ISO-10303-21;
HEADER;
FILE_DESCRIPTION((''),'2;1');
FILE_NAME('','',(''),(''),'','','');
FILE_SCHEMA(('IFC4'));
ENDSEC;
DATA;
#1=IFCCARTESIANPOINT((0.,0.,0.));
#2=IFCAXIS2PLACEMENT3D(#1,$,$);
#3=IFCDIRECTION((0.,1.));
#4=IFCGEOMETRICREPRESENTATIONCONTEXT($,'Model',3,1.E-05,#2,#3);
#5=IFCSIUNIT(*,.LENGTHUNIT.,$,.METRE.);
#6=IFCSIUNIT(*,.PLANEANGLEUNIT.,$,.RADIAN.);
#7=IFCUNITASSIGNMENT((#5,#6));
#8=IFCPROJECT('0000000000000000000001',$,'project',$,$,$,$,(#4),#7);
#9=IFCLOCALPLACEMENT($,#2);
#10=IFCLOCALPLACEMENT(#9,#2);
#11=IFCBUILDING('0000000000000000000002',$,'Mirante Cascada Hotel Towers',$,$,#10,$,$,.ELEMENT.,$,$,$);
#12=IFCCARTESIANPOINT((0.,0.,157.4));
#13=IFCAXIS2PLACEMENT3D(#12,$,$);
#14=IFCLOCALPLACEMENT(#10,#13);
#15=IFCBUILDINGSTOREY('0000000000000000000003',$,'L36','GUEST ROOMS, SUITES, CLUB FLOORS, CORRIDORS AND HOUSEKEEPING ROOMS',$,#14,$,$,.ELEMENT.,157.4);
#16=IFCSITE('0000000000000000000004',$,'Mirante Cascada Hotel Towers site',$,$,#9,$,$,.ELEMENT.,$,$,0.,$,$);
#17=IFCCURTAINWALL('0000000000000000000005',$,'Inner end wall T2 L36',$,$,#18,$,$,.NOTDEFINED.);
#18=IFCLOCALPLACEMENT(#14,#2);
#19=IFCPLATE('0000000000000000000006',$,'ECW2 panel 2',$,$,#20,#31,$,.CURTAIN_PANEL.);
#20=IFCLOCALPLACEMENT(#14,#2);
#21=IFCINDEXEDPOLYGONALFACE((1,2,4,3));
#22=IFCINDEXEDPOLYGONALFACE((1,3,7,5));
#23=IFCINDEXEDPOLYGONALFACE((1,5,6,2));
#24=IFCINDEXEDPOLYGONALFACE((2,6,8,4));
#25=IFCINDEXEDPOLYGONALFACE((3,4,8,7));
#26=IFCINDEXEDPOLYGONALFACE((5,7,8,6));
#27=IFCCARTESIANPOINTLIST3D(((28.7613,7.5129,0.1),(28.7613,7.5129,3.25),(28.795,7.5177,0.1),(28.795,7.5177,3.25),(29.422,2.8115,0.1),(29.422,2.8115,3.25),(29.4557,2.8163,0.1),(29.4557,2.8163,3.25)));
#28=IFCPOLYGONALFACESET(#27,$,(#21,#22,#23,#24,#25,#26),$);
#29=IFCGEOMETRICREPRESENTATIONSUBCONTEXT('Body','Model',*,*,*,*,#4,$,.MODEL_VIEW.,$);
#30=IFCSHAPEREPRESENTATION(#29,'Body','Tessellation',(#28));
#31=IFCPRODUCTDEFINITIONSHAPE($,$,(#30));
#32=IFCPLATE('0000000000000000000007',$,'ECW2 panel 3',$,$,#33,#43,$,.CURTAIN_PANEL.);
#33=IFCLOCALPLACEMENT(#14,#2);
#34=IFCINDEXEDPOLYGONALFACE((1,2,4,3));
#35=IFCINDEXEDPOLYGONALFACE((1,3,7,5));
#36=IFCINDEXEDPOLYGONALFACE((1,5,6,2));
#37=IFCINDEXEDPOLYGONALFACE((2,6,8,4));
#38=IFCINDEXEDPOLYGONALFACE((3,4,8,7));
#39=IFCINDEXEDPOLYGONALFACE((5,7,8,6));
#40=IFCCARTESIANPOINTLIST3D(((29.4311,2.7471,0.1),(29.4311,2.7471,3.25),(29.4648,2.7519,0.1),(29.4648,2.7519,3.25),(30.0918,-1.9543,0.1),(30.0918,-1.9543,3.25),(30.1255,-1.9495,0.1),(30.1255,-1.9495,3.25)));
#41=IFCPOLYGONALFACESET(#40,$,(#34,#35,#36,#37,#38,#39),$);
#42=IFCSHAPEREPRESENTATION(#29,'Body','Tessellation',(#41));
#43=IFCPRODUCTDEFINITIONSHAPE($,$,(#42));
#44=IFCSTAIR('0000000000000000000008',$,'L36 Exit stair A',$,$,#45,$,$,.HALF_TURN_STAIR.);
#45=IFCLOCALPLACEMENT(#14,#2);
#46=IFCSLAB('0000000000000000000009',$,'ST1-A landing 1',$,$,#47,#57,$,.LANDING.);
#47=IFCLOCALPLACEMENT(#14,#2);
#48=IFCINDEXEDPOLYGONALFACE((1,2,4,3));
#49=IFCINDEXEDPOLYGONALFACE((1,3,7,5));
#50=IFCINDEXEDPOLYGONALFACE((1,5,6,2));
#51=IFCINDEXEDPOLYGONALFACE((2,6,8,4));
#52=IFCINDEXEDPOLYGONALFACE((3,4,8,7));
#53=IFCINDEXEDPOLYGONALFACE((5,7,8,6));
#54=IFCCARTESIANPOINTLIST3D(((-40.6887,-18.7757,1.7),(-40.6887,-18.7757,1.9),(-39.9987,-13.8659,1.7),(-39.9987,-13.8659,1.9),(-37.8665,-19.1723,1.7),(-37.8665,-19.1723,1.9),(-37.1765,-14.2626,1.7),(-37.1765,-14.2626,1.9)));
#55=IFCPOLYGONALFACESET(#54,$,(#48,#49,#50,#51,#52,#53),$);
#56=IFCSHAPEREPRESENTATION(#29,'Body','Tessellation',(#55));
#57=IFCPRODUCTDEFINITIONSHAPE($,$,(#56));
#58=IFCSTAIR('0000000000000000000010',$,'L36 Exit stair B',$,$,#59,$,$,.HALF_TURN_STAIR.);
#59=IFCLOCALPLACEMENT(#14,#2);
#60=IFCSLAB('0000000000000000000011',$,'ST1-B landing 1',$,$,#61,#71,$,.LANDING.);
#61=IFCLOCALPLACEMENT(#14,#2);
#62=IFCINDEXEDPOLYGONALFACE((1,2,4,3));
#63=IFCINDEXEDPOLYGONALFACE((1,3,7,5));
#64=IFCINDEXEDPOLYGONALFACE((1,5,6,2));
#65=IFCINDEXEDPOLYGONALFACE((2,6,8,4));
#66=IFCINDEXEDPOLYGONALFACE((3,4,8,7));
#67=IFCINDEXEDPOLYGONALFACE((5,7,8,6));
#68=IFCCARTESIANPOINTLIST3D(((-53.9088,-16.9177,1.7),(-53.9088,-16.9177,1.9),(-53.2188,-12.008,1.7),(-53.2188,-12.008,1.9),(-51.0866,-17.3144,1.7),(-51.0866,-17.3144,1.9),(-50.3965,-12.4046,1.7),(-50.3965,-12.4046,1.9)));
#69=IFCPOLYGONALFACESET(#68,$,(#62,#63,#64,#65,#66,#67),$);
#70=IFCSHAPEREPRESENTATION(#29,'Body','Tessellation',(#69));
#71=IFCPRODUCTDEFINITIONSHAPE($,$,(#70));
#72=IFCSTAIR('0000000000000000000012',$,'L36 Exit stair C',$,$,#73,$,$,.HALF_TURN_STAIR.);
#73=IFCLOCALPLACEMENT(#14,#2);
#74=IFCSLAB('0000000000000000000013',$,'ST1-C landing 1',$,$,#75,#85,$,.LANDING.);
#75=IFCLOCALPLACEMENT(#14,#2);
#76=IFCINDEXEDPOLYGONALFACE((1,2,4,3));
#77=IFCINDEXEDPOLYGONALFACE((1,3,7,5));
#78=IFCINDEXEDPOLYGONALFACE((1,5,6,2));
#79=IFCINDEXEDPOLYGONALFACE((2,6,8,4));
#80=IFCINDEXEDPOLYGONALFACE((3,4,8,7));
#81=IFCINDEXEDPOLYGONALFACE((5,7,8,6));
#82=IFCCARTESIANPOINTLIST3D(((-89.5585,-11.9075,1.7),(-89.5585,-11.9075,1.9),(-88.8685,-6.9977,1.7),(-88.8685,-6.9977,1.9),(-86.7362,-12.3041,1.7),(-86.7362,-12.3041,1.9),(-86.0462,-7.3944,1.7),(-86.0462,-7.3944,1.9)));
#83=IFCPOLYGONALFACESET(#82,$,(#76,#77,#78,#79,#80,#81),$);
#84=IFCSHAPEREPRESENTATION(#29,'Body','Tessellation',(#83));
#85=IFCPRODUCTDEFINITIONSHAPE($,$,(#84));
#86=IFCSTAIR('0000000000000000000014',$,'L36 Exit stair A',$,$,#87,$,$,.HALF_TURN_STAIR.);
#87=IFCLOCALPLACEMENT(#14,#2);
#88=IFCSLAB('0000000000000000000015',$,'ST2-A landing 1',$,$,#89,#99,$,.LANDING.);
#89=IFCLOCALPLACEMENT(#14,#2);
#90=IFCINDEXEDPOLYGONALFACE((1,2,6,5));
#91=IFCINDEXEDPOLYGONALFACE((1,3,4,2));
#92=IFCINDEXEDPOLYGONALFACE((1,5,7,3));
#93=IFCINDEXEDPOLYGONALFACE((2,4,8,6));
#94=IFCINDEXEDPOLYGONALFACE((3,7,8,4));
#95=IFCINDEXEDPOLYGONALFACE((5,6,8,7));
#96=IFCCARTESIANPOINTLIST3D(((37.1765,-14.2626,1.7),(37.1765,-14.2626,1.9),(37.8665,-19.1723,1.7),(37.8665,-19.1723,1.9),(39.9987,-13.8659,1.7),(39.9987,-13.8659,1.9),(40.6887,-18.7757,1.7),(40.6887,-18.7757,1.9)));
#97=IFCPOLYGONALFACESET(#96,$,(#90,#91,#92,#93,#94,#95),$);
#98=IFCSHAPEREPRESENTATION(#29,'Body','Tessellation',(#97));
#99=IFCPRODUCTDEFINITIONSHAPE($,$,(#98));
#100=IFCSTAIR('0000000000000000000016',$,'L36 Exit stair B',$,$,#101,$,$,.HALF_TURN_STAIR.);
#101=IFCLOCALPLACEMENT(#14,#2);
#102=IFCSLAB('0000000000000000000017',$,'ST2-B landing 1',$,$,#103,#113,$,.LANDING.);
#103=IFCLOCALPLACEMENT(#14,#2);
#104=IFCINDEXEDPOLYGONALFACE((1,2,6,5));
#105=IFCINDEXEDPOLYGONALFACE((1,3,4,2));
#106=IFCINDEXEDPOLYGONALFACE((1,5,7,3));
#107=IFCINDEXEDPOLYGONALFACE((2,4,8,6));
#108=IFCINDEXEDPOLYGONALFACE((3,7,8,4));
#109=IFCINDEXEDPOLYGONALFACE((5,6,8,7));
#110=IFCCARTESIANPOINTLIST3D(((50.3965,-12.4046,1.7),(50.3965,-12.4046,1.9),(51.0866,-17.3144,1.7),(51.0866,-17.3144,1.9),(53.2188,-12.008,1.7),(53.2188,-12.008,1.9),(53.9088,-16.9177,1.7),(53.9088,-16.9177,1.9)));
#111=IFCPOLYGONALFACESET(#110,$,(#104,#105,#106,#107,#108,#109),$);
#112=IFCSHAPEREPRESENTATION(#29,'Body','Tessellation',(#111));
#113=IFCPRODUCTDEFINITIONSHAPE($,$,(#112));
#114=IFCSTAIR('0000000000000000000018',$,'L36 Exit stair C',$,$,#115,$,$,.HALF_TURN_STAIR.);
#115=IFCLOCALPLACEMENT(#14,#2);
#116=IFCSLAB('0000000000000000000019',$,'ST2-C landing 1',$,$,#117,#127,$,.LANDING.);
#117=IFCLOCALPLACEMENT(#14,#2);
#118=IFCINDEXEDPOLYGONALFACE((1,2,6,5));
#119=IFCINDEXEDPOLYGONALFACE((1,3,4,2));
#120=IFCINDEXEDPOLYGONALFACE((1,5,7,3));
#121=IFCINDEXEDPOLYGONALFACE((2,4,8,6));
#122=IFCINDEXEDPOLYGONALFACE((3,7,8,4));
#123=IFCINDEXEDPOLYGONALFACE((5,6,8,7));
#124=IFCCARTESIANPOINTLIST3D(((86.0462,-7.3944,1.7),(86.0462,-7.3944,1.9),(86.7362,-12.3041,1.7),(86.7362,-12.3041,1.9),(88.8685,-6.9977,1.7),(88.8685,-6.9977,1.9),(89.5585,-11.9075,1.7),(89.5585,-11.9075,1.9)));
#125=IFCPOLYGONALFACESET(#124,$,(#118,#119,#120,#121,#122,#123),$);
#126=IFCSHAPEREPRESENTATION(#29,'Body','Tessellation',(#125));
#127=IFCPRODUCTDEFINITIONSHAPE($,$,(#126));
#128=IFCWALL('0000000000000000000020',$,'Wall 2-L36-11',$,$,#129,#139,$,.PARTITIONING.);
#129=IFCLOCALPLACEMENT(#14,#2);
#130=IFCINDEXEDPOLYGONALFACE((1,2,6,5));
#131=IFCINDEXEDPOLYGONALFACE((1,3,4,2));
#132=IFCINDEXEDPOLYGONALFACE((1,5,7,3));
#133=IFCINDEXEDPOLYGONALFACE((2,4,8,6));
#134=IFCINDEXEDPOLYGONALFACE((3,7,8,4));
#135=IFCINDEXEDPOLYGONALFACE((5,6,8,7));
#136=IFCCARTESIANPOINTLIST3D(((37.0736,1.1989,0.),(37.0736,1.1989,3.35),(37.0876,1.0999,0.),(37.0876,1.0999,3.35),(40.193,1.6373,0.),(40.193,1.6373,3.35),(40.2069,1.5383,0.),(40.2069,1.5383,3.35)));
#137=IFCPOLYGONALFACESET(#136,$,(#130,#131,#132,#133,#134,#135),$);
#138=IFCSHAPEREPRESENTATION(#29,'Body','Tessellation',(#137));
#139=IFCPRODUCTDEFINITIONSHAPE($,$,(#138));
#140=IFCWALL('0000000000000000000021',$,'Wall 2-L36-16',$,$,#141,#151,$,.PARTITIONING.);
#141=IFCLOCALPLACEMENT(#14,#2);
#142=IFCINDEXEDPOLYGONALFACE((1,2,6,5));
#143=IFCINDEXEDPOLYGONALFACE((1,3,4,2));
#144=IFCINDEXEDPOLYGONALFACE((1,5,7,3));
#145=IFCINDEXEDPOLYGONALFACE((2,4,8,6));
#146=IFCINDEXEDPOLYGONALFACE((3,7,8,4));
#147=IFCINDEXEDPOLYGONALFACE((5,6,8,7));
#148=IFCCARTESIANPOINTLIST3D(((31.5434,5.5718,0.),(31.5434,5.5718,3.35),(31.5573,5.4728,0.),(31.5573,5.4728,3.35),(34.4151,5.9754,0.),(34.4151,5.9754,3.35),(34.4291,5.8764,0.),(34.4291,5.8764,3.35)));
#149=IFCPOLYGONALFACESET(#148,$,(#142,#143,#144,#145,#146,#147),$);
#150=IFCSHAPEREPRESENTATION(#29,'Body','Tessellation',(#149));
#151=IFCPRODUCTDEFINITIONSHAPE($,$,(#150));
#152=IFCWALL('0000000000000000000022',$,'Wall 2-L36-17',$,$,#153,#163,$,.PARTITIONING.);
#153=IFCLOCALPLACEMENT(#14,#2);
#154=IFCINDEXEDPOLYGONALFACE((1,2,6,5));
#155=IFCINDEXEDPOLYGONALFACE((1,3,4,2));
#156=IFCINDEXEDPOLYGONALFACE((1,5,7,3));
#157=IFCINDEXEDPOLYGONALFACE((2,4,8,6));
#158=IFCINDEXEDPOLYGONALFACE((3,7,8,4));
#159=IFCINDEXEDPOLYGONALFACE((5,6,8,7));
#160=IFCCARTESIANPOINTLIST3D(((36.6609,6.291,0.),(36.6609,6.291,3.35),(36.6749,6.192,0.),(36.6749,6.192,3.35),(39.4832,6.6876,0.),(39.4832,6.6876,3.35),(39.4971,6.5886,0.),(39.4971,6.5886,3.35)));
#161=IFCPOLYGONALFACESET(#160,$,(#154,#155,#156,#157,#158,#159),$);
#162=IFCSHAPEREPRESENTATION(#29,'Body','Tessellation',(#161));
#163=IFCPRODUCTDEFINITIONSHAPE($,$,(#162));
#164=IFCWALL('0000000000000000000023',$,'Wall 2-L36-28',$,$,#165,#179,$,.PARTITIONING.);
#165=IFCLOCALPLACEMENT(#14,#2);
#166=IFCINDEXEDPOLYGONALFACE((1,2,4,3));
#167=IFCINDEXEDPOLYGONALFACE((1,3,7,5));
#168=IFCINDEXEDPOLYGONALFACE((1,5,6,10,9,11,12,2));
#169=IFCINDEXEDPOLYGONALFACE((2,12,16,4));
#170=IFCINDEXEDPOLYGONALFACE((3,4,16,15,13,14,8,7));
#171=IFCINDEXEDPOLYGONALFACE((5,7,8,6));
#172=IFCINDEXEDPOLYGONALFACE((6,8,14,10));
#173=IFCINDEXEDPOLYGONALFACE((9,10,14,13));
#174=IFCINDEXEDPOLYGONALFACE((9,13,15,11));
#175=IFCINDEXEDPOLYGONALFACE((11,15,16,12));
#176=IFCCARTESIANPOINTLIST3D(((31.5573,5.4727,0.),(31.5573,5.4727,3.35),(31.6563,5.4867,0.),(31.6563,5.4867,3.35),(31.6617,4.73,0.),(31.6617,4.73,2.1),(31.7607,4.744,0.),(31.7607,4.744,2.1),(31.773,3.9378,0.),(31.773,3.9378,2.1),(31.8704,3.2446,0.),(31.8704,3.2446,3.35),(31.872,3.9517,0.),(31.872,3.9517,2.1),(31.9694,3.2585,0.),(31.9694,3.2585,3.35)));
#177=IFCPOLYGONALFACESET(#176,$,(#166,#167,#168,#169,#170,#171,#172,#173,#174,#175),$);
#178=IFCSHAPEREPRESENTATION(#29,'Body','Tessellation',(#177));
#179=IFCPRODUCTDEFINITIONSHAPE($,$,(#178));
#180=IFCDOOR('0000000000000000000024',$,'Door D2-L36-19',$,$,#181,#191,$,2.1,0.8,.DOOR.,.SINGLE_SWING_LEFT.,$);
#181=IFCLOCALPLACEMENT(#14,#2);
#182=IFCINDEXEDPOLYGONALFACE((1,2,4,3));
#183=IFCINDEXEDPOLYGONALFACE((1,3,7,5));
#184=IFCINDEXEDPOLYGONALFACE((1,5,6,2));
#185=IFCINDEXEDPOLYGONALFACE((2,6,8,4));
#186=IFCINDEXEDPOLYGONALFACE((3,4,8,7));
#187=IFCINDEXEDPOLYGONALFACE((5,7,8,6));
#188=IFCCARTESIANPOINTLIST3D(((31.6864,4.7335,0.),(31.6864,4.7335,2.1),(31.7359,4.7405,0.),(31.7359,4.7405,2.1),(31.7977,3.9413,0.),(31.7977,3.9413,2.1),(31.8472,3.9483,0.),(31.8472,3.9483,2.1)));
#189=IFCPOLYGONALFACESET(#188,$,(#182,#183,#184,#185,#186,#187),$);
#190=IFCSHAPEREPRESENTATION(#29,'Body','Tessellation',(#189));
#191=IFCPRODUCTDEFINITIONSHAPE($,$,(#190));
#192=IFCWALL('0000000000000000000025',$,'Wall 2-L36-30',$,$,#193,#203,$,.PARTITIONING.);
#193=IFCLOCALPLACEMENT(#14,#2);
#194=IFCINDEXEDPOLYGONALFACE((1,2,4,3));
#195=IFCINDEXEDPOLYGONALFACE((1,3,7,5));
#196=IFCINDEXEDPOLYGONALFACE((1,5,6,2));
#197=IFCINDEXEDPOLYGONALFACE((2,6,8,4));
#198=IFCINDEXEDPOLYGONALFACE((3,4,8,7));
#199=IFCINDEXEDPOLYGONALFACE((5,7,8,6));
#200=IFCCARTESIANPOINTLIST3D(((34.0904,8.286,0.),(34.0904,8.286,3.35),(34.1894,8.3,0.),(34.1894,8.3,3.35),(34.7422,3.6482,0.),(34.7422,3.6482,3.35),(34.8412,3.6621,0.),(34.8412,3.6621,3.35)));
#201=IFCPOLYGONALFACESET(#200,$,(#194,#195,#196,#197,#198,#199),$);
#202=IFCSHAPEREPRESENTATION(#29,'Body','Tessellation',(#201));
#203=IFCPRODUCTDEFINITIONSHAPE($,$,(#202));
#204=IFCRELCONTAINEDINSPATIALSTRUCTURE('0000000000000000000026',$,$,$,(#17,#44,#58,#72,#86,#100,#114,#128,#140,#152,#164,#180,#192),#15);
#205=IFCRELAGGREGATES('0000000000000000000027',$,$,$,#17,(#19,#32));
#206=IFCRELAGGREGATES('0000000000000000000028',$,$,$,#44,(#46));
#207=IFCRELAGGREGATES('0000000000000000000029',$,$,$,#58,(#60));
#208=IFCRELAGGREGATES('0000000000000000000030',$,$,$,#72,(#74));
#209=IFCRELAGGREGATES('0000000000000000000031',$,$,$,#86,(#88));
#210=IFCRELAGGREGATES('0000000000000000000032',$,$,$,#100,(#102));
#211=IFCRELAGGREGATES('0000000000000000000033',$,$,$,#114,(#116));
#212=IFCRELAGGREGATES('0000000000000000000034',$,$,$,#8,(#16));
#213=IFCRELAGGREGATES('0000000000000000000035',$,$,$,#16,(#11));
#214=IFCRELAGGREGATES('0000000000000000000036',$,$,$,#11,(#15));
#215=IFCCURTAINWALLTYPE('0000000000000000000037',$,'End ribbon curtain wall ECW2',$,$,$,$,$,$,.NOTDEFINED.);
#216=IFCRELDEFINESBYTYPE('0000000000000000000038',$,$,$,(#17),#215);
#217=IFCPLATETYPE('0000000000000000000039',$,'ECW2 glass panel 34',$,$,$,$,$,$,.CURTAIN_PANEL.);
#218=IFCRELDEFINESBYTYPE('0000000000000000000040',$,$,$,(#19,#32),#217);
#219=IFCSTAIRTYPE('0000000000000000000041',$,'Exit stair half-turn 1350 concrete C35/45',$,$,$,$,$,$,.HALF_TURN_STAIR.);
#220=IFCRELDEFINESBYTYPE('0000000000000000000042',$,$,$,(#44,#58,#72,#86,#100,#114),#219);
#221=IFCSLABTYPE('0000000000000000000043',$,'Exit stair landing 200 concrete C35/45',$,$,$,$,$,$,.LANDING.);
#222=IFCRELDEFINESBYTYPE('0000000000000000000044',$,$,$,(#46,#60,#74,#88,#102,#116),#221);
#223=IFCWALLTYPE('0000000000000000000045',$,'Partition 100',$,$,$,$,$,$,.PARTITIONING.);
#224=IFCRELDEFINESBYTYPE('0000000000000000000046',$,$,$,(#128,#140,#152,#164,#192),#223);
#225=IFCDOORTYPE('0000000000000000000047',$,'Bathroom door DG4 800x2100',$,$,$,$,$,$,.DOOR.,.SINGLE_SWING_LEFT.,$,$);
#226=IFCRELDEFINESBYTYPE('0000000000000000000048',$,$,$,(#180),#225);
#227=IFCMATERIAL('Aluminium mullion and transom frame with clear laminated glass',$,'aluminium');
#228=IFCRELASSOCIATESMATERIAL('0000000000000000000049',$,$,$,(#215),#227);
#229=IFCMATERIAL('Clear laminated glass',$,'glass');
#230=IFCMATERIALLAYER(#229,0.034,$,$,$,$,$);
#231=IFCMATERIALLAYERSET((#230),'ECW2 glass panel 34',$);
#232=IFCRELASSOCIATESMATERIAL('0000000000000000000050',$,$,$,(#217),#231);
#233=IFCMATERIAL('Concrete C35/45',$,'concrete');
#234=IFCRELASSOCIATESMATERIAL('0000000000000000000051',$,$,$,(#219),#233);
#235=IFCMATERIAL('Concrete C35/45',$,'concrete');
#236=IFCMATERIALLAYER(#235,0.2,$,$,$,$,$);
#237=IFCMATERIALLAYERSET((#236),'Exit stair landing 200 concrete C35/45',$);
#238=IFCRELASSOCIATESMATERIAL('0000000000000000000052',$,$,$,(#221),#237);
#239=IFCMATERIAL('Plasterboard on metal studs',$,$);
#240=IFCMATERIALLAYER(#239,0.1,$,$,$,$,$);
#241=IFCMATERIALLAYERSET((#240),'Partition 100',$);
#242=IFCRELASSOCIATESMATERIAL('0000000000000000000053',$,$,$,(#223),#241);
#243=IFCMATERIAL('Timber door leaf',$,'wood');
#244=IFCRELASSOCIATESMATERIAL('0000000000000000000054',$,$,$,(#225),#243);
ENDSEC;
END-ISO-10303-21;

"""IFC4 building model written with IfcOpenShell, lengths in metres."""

from ifc_helpers import new_model, si_unit, direction, frame, frame_2d, origin, origin_2d, place, context, subcontext, project, spatial, polyline, rectangle, outline, extrude, material, layer, layer_set, type_object, element, fill, aggregate, save


model = new_model("IFC4")

# Units and contexts
model_context = context("Model", 3, precision=1e-05, world=origin(), true_north=direction((0.0, 1.0)))
body_context = subcontext(model_context, "Body", "Model", "MODEL_VIEW")
ifc_project = project(units=[si_unit("LENGTHUNIT", "METRE"), si_unit("PLANEANGLEUNIT", "RADIAN")], contexts=[model_context])

# Site, building, storey
site_placement = place(None, origin())
site = spatial("IfcSite", under=ifc_project, at=site_placement, Name="Mirante Cascada Hotel Towers site", CompositionType="ELEMENT", RefElevation=0.0)
building_placement = place(site_placement, origin())
building = spatial("IfcBuilding", under=site, at=building_placement, Name="Mirante Cascada Hotel Towers", CompositionType="ELEMENT")
storey_placement = place(building_placement, frame((0.0, 0.0, 157.4)))
storey = spatial("IfcBuildingStorey", under=building, at=storey_placement, Name="L36", Description="GUEST ROOMS, SUITES, CLUB FLOORS, CORRIDORS AND HOUSEKEEPING ROOMS", CompositionType="ELEMENT", Elevation=157.4)

# Curtain wall
ifc_material_1 = material(Name="Aluminium mullion and transom frame with clear laminated glass", Category="aluminium")
curtain_wall_type_1 = type_object("IfcCurtainWallType", Name="End ribbon curtain wall ECW2", PredefinedType="NOTDEFINED", material=ifc_material_1)
curtain_wall_1_placement = place(storey_placement, origin())
curtain_wall_1 = element("IfcCurtainWall", 1, at=curtain_wall_1_placement, inside=storey, type_object=curtain_wall_type_1, Name="Inner end wall T2 L36", PredefinedType="NOTDEFINED")

# Plates
ifc_material_2 = material(Name="Clear laminated glass", Category="glass")
ifc_layer_1 = layer(ifc_material_2, 0.034)
ifc_layer_set_1 = layer_set([ifc_layer_1], Name="ECW2 glass panel 34")
plate_type_1 = type_object("IfcPlateType", Name="ECW2 glass panel 34", PredefinedType="CURTAIN_PANEL", material=ifc_layer_set_1)
plate_1_placement = place(storey_placement, frame((29.1085, 5.1646, 0.1), z_axis=(0.0, 0.0, 1.0), x_axis=(0.139173, -0.990268, 0.0)))
plate_1 = element("IfcPlate", 2, at=plate_1_placement, type_object=plate_type_1, Name="ECW2 panel 2", PredefinedType="CURTAIN_PANEL", context=body_context, shape_type="SweptSolid", body=[
    extrude(rectangle(XDim=4.7476, YDim=0.034, at=origin_2d()), origin(), (0.0, 0.0, 1.0), 3.15),
])
plate_2_placement = place(storey_placement, frame((29.7783, 0.3988, 0.1), z_axis=(0.0, 0.0, 1.0), x_axis=(0.139173, -0.990268, 0.0)))
plate_2 = element("IfcPlate", 3, at=plate_2_placement, type_object=plate_type_1, Name="ECW2 panel 3", PredefinedType="CURTAIN_PANEL", context=body_context, shape_type="SweptSolid", body=[
    extrude(rectangle(XDim=4.7476, YDim=0.034, at=origin_2d()), origin(), (0.0, 0.0, 1.0), 3.15),
])
aggregate(curtain_wall_1, [plate_1, plate_2])

# Stairs, slabs
ifc_material_3 = material(Name="Concrete C35/45", Category="concrete")
stair_type = type_object("IfcStairType", Name="Exit stair half-turn 1350 concrete C35/45", PredefinedType="HALF_TURN_STAIR", material=ifc_material_3)
stair_1_placement = place(storey_placement, origin())
stair_1 = element("IfcStair", 4, at=stair_1_placement, inside=storey, type_object=stair_type, Name="L36 Exit stair A", PredefinedType="HALF_TURN_STAIR")
ifc_material_4 = material(Name="Concrete C35/45", Category="concrete")
ifc_layer_2 = layer(ifc_material_4, 0.2)
ifc_layer_set_2 = layer_set([ifc_layer_2], Name="Exit stair landing 200 concrete C35/45")
slab_type = type_object("IfcSlabType", Name="Exit stair landing 200 concrete C35/45", PredefinedType="LANDING", material=ifc_layer_set_2)
slab_1_placement = place(storey_placement, frame((0.0, 0.0, 1.7)))
slab_1 = element("IfcSlab", 5, at=slab_1_placement, type_object=slab_type, Name="ST1-A landing 1", PredefinedType="LANDING", context=body_context, shape_type="SweptSolid", body=[
    extrude(outline(polyline([(-39.9987, -13.8659), (-40.6887, -18.7757), (-37.8665, -19.1723), (-37.1765, -14.2626), (-39.9987, -13.8659)])), origin(), (0.0, 0.0, 1.0), 0.2),
])
aggregate(stair_1, [slab_1])
stair_2_placement = place(storey_placement, origin())
stair_2 = element("IfcStair", 6, at=stair_2_placement, inside=storey, type_object=stair_type, Name="L36 Exit stair B", PredefinedType="HALF_TURN_STAIR")
slab_2_placement = place(storey_placement, frame((0.0, 0.0, 1.7)))
slab_2 = element("IfcSlab", 7, at=slab_2_placement, type_object=slab_type, Name="ST1-B landing 1", PredefinedType="LANDING", context=body_context, shape_type="SweptSolid", body=[
    extrude(outline(polyline([(-53.2188, -12.008), (-53.9088, -16.9177), (-51.0866, -17.3144), (-50.3965, -12.4046), (-53.2188, -12.008)])), origin(), (0.0, 0.0, 1.0), 0.2),
])
aggregate(stair_2, [slab_2])
stair_3_placement = place(storey_placement, origin())
stair_3 = element("IfcStair", 8, at=stair_3_placement, inside=storey, type_object=stair_type, Name="L36 Exit stair C", PredefinedType="HALF_TURN_STAIR")
slab_3_placement = place(storey_placement, frame((0.0, 0.0, 1.7)))
slab_3 = element("IfcSlab", 9, at=slab_3_placement, type_object=slab_type, Name="ST1-C landing 1", PredefinedType="LANDING", context=body_context, shape_type="SweptSolid", body=[
    extrude(outline(polyline([(-88.8685, -6.9977), (-89.5585, -11.9075), (-86.7362, -12.3041), (-86.0462, -7.3944), (-88.8685, -6.9977)])), origin(), (0.0, 0.0, 1.0), 0.2),
])
aggregate(stair_3, [slab_3])
stair_4_placement = place(storey_placement, origin())
stair_4 = element("IfcStair", 10, at=stair_4_placement, inside=storey, type_object=stair_type, Name="L36 Exit stair A", PredefinedType="HALF_TURN_STAIR")
slab_4_placement = place(storey_placement, frame((0.0, 0.0, 1.7)))
slab_4 = element("IfcSlab", 11, at=slab_4_placement, type_object=slab_type, Name="ST2-A landing 1", PredefinedType="LANDING", context=body_context, shape_type="SweptSolid", body=[
    extrude(outline(polyline([(37.1765, -14.2626), (37.8665, -19.1723), (40.6887, -18.7757), (39.9987, -13.8659), (37.1765, -14.2626)])), origin(), (0.0, 0.0, 1.0), 0.2),
])
aggregate(stair_4, [slab_4])
stair_5_placement = place(storey_placement, origin())
stair_5 = element("IfcStair", 12, at=stair_5_placement, inside=storey, type_object=stair_type, Name="L36 Exit stair B", PredefinedType="HALF_TURN_STAIR")
slab_5_placement = place(storey_placement, frame((0.0, 0.0, 1.7)))
slab_5 = element("IfcSlab", 13, at=slab_5_placement, type_object=slab_type, Name="ST2-B landing 1", PredefinedType="LANDING", context=body_context, shape_type="SweptSolid", body=[
    extrude(outline(polyline([(50.3965, -12.4046), (51.0866, -17.3144), (53.9088, -16.9177), (53.2188, -12.008), (50.3965, -12.4046)])), origin(), (0.0, 0.0, 1.0), 0.2),
])
aggregate(stair_5, [slab_5])
stair_6_placement = place(storey_placement, origin())
stair_6 = element("IfcStair", 14, at=stair_6_placement, inside=storey, type_object=stair_type, Name="L36 Exit stair C", PredefinedType="HALF_TURN_STAIR")
slab_6_placement = place(storey_placement, frame((0.0, 0.0, 1.7)))
slab_6 = element("IfcSlab", 15, at=slab_6_placement, type_object=slab_type, Name="ST2-C landing 1", PredefinedType="LANDING", context=body_context, shape_type="SweptSolid", body=[
    extrude(outline(polyline([(86.0462, -7.3944), (86.7362, -12.3041), (89.5585, -11.9075), (88.8685, -6.9977), (86.0462, -7.3944)])), origin(), (0.0, 0.0, 1.0), 0.2),
])
aggregate(stair_6, [slab_6])

# Walls
ifc_material_5 = material(Name="Plasterboard on metal studs")
ifc_layer_3 = layer(ifc_material_5, 0.1)
ifc_layer_set_3 = layer_set([ifc_layer_3], Name="Partition 100")
wall_type_1 = type_object("IfcWallType", Name="Partition 100", PredefinedType="PARTITIONING", material=ifc_layer_set_3)
wall_1_placement = place(storey_placement, frame((37.0806, 1.1494, 0.0), z_axis=(0.0, 0.0, 1.0), x_axis=(0.990268, 0.139177, 0.0)))
element("IfcWall", 16, at=wall_1_placement, inside=storey, type_object=wall_type_1, Name="Wall 2-L36-11", PredefinedType="PARTITIONING", context=body_context, shape_type="SweptSolid", body=[
    extrude(rectangle(XDim=3.15, YDim=0.1, at=frame_2d((1.575, 0.0))), origin(), (0.0, 0.0, 1.0), 3.35),
])
wall_2_placement = place(storey_placement, frame((34.4221, 5.9259, 0.0), z_axis=(0.0, 0.0, 1.0), x_axis=(-0.990268, -0.139171, 0.0)))
element("IfcWall", 17, at=wall_2_placement, inside=storey, type_object=wall_type_1, Name="Wall 2-L36-16", PredefinedType="PARTITIONING", context=body_context, shape_type="SweptSolid", body=[
    extrude(rectangle(XDim=2.9, YDim=0.1, at=frame_2d((1.45, 0.0))), origin(), (0.0, 0.0, 1.0), 3.35),
])
wall_3_placement = place(storey_placement, frame((36.6679, 6.2415, 0.0), z_axis=(0.0, 0.0, 1.0), x_axis=(0.99027, 0.139156, 0.0)))
element("IfcWall", 18, at=wall_3_placement, inside=storey, type_object=wall_type_1, Name="Wall 2-L36-17", PredefinedType="PARTITIONING", context=body_context, shape_type="SweptSolid", body=[
    extrude(rectangle(XDim=2.85, YDim=0.1, at=frame_2d((1.425, 0.0))), origin(), (0.0, 0.0, 1.0), 3.35),
])

# Wall, opening, door
wall_4_placement = place(storey_placement, frame((31.6068, 5.4797, 0.0), z_axis=(0.0, 0.0, 1.0), x_axis=(0.139156, -0.990271, 0.0)))
wall_4 = element("IfcWall", 19, at=wall_4_placement, inside=storey, type_object=wall_type_1, Name="Wall 2-L36-28", PredefinedType="PARTITIONING", context=body_context, shape_type="SweptSolid", body=[
    extrude(rectangle(XDim=2.25, YDim=0.1, at=frame_2d((1.125, 0.0))), origin(), (0.0, 0.0, 1.0), 3.35),
])
opening_1_placement = place(wall_4_placement, frame((0.75, 0.0, 0.0)))
opening_1 = element("IfcOpeningElement", 20, at=opening_1_placement, cuts=wall_4, PredefinedType="OPENING", context=body_context, shape_type="SweptSolid", body=[
    extrude(rectangle(XDim=0.8, YDim=2.1, at=frame_2d((0.4, 1.05))), frame((0.0, 0.05, 0.0), z_axis=(0.0, -1.0, 0.0), x_axis=(1.0, 0.0, 0.0)), (0.0, 0.0, 1.0), 0.1),
])
ifc_material_6 = material(Name="Timber door leaf", Category="wood")
door_type = type_object("IfcDoorType", Name="Bathroom door DG4 800x2100", OperationType="SINGLE_SWING_LEFT", PredefinedType="DOOR", material=ifc_material_6)
door_1_placement = place(opening_1_placement, origin())
door_1 = element("IfcDoor", 21, at=door_1_placement, inside=storey, type_object=door_type, Name="Door D2-L36-19", OperationType="SINGLE_SWING_LEFT", OverallHeight=2.1, OverallWidth=0.8, PredefinedType="DOOR", context=body_context, shape_type="SweptSolid", body=[
    extrude(rectangle(XDim=0.8, YDim=2.1, at=frame_2d((0.4, 1.05))), frame((0.0, 0.025, 0.0), z_axis=(0.0, -1.0, 0.0), x_axis=(1.0, 0.0, 0.0)), (0.0, 0.0, 1.0), 0.05),
])
fill(opening_1, door_1)

# Wall
wall_5_placement = place(storey_placement, frame((34.1399, 8.293, 0.0), z_axis=(0.0, 0.0, 1.0), x_axis=(0.139173, -0.990268, 0.0)))
element("IfcWall", 22, at=wall_5_placement, inside=storey, type_object=wall_type_1, Name="Wall 2-L36-30", PredefinedType="PARTITIONING", context=body_context, shape_type="SweptSolid", body=[
    extrude(rectangle(XDim=4.6834, YDim=0.1, at=frame_2d((2.3417, 0.0))), origin(), (0.0, 0.0, 1.0), 3.35),
])

save(model, "model.ifc")
